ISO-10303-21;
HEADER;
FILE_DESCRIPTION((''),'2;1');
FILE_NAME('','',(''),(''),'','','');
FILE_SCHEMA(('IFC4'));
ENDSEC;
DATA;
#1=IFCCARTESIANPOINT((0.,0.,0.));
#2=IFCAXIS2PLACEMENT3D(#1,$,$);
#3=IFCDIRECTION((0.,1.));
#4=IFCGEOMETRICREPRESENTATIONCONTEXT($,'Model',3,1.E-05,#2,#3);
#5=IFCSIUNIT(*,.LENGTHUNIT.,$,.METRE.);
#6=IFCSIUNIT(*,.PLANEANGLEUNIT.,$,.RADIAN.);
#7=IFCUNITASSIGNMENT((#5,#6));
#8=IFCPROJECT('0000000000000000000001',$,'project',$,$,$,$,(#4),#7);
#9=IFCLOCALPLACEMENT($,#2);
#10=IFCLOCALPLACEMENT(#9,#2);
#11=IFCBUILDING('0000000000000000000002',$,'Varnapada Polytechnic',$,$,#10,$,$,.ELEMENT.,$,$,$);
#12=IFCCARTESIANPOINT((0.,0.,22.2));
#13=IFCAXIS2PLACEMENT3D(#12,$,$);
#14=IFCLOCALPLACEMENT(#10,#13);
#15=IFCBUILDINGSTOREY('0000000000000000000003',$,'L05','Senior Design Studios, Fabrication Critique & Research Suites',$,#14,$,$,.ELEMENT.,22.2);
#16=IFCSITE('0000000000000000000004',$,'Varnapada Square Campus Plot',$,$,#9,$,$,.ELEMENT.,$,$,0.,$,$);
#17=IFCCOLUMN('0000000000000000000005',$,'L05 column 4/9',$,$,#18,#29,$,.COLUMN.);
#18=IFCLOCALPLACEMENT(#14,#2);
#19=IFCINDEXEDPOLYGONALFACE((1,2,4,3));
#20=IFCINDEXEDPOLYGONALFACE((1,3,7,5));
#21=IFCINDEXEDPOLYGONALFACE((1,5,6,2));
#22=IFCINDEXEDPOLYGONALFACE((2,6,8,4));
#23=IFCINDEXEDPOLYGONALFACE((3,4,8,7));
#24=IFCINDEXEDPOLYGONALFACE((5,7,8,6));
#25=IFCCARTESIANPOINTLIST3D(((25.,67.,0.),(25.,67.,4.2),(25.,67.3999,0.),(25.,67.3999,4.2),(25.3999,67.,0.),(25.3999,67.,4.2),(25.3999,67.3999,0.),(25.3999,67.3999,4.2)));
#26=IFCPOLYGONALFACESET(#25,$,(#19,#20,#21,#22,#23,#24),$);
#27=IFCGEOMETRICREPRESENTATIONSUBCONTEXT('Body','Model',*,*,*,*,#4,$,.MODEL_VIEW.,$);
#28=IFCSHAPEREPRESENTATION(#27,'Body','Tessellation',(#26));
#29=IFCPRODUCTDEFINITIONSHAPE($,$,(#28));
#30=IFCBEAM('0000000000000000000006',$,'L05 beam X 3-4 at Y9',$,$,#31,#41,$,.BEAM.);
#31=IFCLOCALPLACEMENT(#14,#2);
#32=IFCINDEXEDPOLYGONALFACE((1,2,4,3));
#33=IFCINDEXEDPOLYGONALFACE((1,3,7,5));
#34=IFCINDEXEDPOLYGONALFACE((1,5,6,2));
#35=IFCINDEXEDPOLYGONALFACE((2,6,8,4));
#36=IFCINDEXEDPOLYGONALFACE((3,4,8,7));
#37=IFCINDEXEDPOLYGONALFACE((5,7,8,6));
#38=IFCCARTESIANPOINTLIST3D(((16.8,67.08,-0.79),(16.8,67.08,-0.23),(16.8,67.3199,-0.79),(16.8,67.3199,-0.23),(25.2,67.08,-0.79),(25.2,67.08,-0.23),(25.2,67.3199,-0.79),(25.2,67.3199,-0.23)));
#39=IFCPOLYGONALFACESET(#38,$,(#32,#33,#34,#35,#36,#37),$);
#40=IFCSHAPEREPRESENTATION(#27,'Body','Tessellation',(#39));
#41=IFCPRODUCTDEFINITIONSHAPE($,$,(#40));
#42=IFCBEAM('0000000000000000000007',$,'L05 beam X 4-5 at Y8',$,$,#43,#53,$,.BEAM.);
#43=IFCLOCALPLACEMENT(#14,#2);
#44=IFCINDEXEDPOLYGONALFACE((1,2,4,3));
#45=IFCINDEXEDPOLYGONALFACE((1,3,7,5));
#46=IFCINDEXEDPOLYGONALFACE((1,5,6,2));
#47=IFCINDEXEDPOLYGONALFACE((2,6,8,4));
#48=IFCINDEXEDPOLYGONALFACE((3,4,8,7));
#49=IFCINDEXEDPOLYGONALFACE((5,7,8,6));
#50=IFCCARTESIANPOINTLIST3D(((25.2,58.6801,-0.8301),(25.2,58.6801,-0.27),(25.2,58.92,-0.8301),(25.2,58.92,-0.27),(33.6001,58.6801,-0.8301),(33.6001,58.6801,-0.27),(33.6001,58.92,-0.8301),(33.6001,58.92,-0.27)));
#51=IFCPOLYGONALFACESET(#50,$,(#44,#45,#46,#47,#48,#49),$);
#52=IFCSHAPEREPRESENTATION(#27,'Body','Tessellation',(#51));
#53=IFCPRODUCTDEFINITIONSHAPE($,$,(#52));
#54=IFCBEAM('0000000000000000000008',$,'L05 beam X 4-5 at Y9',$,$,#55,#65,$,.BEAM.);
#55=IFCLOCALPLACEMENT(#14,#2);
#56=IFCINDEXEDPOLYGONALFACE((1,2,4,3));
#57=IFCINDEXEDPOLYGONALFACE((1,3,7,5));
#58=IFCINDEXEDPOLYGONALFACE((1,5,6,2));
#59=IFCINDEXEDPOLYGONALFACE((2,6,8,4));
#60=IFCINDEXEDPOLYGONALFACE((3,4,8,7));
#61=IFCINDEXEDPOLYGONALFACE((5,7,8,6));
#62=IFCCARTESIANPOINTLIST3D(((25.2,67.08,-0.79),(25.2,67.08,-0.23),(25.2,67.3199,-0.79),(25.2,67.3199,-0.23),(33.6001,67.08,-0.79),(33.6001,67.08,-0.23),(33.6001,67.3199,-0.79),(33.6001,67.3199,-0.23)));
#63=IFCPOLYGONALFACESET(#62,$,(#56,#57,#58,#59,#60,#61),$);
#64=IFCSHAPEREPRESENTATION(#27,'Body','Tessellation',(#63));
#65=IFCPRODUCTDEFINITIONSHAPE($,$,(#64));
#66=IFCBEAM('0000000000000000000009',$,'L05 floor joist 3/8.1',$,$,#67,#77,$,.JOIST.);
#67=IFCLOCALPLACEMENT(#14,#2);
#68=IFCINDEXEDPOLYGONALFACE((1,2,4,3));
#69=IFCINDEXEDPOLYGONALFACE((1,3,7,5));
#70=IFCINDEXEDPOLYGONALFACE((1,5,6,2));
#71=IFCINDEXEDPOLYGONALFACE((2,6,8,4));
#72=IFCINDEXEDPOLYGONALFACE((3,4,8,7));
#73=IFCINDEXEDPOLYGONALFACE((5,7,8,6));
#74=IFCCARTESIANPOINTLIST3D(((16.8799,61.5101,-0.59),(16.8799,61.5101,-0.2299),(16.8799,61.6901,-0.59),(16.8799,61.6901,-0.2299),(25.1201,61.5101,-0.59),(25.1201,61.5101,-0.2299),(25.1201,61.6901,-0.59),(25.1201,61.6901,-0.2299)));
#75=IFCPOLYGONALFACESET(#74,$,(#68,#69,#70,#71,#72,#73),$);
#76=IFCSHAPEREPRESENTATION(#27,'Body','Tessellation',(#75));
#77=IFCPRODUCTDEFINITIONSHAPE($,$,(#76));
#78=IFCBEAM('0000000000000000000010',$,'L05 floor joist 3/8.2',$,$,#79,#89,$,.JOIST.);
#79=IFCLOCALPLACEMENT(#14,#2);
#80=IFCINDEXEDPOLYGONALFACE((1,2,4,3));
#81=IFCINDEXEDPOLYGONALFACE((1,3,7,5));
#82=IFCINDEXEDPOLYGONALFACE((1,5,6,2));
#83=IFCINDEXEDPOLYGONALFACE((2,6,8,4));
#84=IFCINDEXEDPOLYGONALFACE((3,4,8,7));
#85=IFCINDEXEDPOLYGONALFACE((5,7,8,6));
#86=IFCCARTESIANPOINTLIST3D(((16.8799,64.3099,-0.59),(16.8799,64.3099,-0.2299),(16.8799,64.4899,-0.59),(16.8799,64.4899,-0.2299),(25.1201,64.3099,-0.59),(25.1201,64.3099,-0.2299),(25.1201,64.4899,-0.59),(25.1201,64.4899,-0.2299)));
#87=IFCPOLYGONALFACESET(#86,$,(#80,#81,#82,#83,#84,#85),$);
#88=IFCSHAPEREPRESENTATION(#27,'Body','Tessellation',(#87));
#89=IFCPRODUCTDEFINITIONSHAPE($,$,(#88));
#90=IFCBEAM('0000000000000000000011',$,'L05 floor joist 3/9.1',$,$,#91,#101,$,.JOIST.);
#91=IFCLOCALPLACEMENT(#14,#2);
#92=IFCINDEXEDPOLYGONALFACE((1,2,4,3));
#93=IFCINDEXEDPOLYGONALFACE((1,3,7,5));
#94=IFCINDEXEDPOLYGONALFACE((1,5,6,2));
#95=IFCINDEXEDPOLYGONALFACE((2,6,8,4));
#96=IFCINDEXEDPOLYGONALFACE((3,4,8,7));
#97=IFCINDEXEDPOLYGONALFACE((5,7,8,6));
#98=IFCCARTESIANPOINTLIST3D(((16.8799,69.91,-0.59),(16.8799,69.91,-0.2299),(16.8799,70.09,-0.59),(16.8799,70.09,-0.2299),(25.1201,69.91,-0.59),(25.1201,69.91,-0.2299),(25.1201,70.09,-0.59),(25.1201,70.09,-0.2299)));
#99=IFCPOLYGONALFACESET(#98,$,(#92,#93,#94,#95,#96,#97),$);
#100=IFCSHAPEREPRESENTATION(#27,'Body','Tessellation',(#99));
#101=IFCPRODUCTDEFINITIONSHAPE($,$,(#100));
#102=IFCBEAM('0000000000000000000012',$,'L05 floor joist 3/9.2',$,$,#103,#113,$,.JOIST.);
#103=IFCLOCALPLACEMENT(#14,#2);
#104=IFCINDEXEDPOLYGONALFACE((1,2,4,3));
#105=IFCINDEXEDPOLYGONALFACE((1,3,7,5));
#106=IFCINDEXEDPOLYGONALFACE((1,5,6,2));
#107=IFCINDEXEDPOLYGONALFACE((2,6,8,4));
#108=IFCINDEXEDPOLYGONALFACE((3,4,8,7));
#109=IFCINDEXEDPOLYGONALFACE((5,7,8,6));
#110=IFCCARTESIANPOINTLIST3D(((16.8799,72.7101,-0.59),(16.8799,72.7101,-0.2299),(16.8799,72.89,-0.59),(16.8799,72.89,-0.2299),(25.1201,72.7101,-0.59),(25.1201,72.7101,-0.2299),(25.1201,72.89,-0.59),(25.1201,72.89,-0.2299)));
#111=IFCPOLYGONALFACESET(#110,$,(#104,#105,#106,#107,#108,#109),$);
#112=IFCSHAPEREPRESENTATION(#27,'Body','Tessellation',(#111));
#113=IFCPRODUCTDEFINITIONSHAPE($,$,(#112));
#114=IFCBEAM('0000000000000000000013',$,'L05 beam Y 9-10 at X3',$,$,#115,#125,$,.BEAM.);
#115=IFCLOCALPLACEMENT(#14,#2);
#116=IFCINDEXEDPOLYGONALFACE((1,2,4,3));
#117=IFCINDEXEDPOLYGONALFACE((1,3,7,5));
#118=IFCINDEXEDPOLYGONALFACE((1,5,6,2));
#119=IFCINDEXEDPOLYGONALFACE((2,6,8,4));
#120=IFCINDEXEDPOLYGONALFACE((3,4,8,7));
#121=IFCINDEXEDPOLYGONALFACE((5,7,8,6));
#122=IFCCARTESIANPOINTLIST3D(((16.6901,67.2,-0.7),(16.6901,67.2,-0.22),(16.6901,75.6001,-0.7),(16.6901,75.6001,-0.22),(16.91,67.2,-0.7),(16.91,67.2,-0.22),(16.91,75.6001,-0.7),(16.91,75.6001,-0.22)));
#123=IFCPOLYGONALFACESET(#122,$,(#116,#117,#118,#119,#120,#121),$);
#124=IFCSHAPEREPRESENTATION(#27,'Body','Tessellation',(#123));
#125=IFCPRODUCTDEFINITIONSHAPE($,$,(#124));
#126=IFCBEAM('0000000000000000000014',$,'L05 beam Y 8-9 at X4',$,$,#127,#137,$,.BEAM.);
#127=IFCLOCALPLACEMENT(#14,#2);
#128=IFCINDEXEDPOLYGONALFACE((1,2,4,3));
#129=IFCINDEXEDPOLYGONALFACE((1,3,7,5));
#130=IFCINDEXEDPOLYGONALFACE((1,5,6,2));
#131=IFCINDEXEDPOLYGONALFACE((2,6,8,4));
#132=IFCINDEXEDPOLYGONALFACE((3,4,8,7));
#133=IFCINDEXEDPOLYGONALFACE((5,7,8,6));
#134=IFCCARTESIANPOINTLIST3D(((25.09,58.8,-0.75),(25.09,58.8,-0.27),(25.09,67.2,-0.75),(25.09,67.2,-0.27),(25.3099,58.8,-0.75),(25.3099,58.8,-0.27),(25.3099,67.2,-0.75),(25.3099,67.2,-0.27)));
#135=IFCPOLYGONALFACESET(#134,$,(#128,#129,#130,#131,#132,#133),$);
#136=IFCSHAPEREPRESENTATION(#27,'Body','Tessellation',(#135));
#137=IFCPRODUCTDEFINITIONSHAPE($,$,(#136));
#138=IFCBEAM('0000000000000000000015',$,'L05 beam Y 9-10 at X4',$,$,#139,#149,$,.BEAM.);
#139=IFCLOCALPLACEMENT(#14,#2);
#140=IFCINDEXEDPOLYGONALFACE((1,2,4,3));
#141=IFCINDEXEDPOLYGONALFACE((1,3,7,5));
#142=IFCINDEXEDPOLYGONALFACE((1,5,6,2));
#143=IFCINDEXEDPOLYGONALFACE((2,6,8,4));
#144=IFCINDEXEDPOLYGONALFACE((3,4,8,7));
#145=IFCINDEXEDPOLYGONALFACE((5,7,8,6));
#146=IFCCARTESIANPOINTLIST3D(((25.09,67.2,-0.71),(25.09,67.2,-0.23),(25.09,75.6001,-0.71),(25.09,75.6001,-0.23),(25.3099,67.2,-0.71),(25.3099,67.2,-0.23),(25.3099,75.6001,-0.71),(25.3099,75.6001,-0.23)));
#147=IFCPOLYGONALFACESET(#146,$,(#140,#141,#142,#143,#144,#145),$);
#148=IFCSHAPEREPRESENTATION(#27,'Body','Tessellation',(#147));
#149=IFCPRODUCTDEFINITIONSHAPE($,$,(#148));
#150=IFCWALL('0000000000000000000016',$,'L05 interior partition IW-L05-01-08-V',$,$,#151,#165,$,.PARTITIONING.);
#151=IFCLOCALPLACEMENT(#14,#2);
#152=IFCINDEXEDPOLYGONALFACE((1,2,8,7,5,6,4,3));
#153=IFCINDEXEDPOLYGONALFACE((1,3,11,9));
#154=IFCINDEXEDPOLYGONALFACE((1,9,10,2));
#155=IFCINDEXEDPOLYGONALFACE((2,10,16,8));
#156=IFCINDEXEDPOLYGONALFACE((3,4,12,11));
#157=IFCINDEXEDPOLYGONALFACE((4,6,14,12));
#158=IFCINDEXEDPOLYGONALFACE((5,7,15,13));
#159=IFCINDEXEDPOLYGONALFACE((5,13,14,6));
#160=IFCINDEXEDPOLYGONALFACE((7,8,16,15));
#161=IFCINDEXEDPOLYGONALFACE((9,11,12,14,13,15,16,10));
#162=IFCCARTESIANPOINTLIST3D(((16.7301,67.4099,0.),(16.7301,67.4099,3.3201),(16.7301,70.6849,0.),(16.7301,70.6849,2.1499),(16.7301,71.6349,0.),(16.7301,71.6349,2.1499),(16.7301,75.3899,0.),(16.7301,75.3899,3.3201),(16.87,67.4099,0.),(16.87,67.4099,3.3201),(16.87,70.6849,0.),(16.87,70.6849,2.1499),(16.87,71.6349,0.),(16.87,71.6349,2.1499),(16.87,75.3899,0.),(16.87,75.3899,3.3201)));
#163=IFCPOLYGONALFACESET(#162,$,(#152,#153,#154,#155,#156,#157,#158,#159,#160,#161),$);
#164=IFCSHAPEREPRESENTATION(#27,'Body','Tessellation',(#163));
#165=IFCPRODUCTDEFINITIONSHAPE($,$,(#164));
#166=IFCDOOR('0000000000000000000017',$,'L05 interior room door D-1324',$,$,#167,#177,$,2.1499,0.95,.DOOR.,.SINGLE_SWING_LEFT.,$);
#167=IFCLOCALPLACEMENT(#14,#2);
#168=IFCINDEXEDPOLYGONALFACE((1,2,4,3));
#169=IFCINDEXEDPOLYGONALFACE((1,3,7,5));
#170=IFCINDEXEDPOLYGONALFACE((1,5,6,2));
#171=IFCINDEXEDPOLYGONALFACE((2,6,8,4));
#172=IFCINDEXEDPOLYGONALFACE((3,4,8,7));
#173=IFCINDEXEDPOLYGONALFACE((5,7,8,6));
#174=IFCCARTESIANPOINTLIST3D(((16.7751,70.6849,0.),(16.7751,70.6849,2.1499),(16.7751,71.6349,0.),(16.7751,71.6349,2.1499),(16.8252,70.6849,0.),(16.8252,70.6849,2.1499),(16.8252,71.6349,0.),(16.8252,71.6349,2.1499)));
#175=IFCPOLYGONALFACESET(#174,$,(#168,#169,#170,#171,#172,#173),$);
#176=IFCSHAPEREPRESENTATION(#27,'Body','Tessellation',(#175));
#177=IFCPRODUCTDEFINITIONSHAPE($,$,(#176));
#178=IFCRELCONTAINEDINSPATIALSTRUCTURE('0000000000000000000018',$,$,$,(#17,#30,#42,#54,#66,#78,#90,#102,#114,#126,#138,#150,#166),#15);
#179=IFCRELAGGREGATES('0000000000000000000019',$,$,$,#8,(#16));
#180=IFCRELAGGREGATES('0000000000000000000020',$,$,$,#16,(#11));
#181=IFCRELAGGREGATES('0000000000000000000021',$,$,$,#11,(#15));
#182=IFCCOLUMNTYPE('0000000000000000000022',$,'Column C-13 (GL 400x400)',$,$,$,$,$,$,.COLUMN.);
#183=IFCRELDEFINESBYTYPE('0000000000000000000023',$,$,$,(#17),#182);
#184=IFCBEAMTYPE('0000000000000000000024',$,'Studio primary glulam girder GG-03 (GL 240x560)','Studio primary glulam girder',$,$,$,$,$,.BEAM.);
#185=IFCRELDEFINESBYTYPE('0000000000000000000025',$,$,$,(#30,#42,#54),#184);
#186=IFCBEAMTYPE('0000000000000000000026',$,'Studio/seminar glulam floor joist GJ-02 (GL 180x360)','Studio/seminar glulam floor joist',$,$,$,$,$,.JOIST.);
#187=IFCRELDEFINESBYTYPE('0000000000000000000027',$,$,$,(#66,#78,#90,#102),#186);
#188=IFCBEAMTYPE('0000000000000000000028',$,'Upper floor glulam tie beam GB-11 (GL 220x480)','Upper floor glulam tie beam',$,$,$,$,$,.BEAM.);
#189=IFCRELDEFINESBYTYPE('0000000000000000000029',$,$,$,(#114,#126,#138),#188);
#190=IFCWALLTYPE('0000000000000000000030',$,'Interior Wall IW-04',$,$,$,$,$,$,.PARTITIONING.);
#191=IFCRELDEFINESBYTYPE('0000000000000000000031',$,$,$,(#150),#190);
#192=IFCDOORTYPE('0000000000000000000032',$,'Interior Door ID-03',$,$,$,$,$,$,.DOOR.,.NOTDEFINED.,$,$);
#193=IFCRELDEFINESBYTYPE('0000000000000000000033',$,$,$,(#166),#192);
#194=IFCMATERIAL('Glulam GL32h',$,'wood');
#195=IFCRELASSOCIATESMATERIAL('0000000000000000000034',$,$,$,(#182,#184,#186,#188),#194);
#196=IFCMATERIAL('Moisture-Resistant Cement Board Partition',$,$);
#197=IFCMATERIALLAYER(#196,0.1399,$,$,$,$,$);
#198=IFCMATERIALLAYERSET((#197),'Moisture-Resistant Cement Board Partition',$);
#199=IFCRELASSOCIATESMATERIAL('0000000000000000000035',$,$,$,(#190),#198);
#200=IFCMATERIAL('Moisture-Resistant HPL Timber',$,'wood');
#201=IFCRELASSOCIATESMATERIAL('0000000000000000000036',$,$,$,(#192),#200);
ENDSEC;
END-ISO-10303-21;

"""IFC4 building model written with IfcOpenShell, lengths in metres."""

from ifc_helpers import new_model, si_unit, direction, frame, frame_2d, origin, origin_2d, place, context, subcontext, project, spatial, rectangle, extrude, material, layer, layer_set, material_profile, profile_set, type_object, element, fill, save


model = new_model("IFC4")

# Units and contexts
model_context = context("Model", 3, precision=1e-05, world=origin(), true_north=direction((0.0, 1.0)))
body_context = subcontext(model_context, "Body", "Model", "MODEL_VIEW")
ifc_project = project(units=[si_unit("LENGTHUNIT", "METRE"), si_unit("PLANEANGLEUNIT", "RADIAN")], contexts=[model_context])

# Site, building, storey
site_placement = place(None, origin())
site = spatial("IfcSite", under=ifc_project, at=site_placement, Name="Varnapada Square Campus Plot", CompositionType="ELEMENT", RefElevation=0.0)
building_placement = place(site_placement, origin())
building = spatial("IfcBuilding", under=site, at=building_placement, Name="Varnapada Polytechnic", CompositionType="ELEMENT")
storey_placement = place(building_placement, frame((0.0, 0.0, 22.2)))
storey = spatial("IfcBuildingStorey", under=building, at=storey_placement, Name="L05", Description="Senior Design Studios, Fabrication Critique & Research Suites", CompositionType="ELEMENT", Elevation=22.2)

# Column
ifc_material_1 = material(Name="Glulam GL32h", Category="wood")
ifc_material_profile_1 = material_profile(ifc_material_1, rectangle(XDim=0.3999, YDim=0.3999, at=origin_2d()), Name="GL 400x400")
ifc_profile_set_1 = profile_set([ifc_material_profile_1], Name="Glulam GL32h")
column_type = type_object("IfcColumnType", Name="Column C-13 (GL 400x400)", PredefinedType="COLUMN", material=ifc_profile_set_1)
column_placement = place(storey_placement, frame((25.2, 67.2, 0.0), z_axis=(0.0, 0.0, 1.0), x_axis=(1.0, 0.0, 0.0)))
element("IfcColumn", 1, at=column_placement, inside=storey, type_object=column_type, Name="L05 column 4/9", PredefinedType="COLUMN", context=body_context, shape_type="SweptSolid", body=[
    extrude(rectangle(XDim=0.3999, YDim=0.3999, at=origin_2d()), origin(), (0.0, 0.0, 1.0), 4.2),
])

# Beams
ifc_material_profile_2 = material_profile(ifc_material_1, rectangle(XDim=0.24, YDim=0.5601, at=origin_2d()), Name="GL 240x560")
ifc_profile_set_2 = profile_set([ifc_material_profile_2], Name="Glulam GL32h")
beam_type_1 = type_object("IfcBeamType", Name="Studio primary glulam girder GG-03 (GL 240x560)", Description="Studio primary glulam girder", PredefinedType="BEAM", material=ifc_profile_set_2)
beam_1_placement = place(storey_placement, frame((16.8, 67.2, -0.51), z_axis=(1.0, 0.0, 0.0), x_axis=(0.0, 1.0, 0.0)))
element("IfcBeam", 2, at=beam_1_placement, inside=storey, type_object=beam_type_1, Name="L05 beam X 3-4 at Y9", PredefinedType="BEAM", context=body_context, shape_type="SweptSolid", body=[
    extrude(rectangle(XDim=0.24, YDim=0.5601, at=origin_2d()), origin(), (0.0, 0.0, 1.0), 8.3999),
])
for number, where, z_axis, x_axis, name in (
    (3, (25.2, 58.8, -0.55), (1.0, 0.0, 0.0), (0.0, 1.0, 0.0), "L05 beam X 4-5 at Y8"),
    (4, (25.2, 67.2, -0.51), (1.0, 0.0, 0.0), (0.0, 1.0, 0.0), "L05 beam X 4-5 at Y9"),
):
    element("IfcBeam", number, at=place(storey_placement, frame(where, z_axis=z_axis, x_axis=x_axis)), inside=storey, type_object=beam_type_1, Name=name, PredefinedType="BEAM", context=body_context, shape_type="SweptSolid", body=[
        extrude(rectangle(XDim=0.24, YDim=0.5601, at=origin_2d()), origin(), (0.0, 0.0, 1.0), 8.4001),
    ])
ifc_material_profile_3 = material_profile(ifc_material_1, rectangle(XDim=0.1799, YDim=0.3601, at=origin_2d()), Name="GL 180x360")
ifc_profile_set_3 = profile_set([ifc_material_profile_3], Name="Glulam GL32h")
beam_type_2 = type_object("IfcBeamType", Name="Studio/seminar glulam floor joist GJ-02 (GL 180x360)", Description="Studio/seminar glulam floor joist", PredefinedType="JOIST", material=ifc_profile_set_3)
for number, where, z_axis, x_axis, name in (
    (5, (16.8799, 61.6001, -0.4099), (1.0, 0.0, 0.0), (0.0, 1.0, 0.0), "L05 floor joist 3/8.1"),
    (6, (16.8799, 64.3999, -0.4099), (1.0, 0.0, 0.0), (0.0, 1.0, 0.0), "L05 floor joist 3/8.2"),
    (7, (16.8799, 70.0, -0.4099), (1.0, 0.0, 0.0), (0.0, 1.0, 0.0), "L05 floor joist 3/9.1"),
    (8, (16.8799, 72.8, -0.4099), (1.0, 0.0, 0.0), (0.0, 1.0, 0.0), "L05 floor joist 3/9.2"),
):
    element("IfcBeam", number, at=place(storey_placement, frame(where, z_axis=z_axis, x_axis=x_axis)), inside=storey, type_object=beam_type_2, Name=name, PredefinedType="JOIST", context=body_context, shape_type="SweptSolid", body=[
        extrude(rectangle(XDim=0.1799, YDim=0.3601, at=origin_2d()), origin(), (0.0, 0.0, 1.0), 8.2402),
    ])
ifc_material_profile_4 = material_profile(ifc_material_1, rectangle(XDim=0.22, YDim=0.48, at=origin_2d()), Name="GL 220x480")
ifc_profile_set_4 = profile_set([ifc_material_profile_4], Name="Glulam GL32h")
beam_type_3 = type_object("IfcBeamType", Name="Upper floor glulam tie beam GB-11 (GL 220x480)", Description="Upper floor glulam tie beam", PredefinedType="BEAM", material=ifc_profile_set_4)
beam_2_placement = place(storey_placement, frame((16.8, 67.2, -0.46), z_axis=(0.0, 1.0, 0.0), x_axis=(-1.0, 0.0, 0.0)))
element("IfcBeam", 9, at=beam_2_placement, inside=storey, type_object=beam_type_3, Name="L05 beam Y 9-10 at X3", PredefinedType="BEAM", context=body_context, shape_type="SweptSolid", body=[
    extrude(rectangle(XDim=0.22, YDim=0.48, at=origin_2d()), origin(), (0.0, 0.0, 1.0), 8.4001),
])
beam_3_placement = place(storey_placement, frame((25.2, 58.8, -0.51), z_axis=(0.0, 1.0, 0.0), x_axis=(-1.0, 0.0, 0.0)))
element("IfcBeam", 10, at=beam_3_placement, inside=storey, type_object=beam_type_3, Name="L05 beam Y 8-9 at X4", PredefinedType="BEAM", context=body_context, shape_type="SweptSolid", body=[
    extrude(rectangle(XDim=0.22, YDim=0.48, at=origin_2d()), origin(), (0.0, 0.0, 1.0), 8.3999),
])
beam_4_placement = place(storey_placement, frame((25.2, 67.2, -0.47), z_axis=(0.0, 1.0, 0.0), x_axis=(-1.0, 0.0, 0.0)))
element("IfcBeam", 11, at=beam_4_placement, inside=storey, type_object=beam_type_3, Name="L05 beam Y 9-10 at X4", PredefinedType="BEAM", context=body_context, shape_type="SweptSolid", body=[
    extrude(rectangle(XDim=0.22, YDim=0.48, at=origin_2d()), origin(), (0.0, 0.0, 1.0), 8.4001),
])

# Wall, opening, door
ifc_material_2 = material(Name="Moisture-Resistant Cement Board Partition")
ifc_layer_1 = layer(ifc_material_2, 0.1399)
ifc_layer_set_1 = layer_set([ifc_layer_1], Name="Moisture-Resistant Cement Board Partition")
wall_type_1 = type_object("IfcWallType", Name="Interior Wall IW-04", PredefinedType="PARTITIONING", material=ifc_layer_set_1)
wall_1_placement = place(storey_placement, frame((16.8, 67.4099, 0.0), z_axis=(0.0, 0.0, 1.0), x_axis=(0.0, 1.0, 0.0)))
wall_1 = element("IfcWall", 12, at=wall_1_placement, inside=storey, type_object=wall_type_1, Name="L05 interior partition IW-L05-01-08-V", PredefinedType="PARTITIONING", context=body_context, shape_type="SweptSolid", body=[
    extrude(rectangle(XDim=7.98, YDim=0.1399, at=frame_2d((3.99, 0.0))), origin(), (0.0, 0.0, 1.0), 3.3201),
])
opening_1_placement = place(wall_1_placement, frame((3.2749, 0.0, 0.0)))
opening_1 = element("IfcOpeningElement", 13, at=opening_1_placement, cuts=wall_1, PredefinedType="OPENING", context=body_context, shape_type="SweptSolid", body=[
    extrude(rectangle(XDim=0.95, YDim=2.1499, at=frame_2d((0.4751, 1.075))), frame((0.0, 0.0798, 0.0), z_axis=(0.0, -1.0, 0.0), x_axis=(1.0, 0.0, 0.0)), (0.0, 0.0, 1.0), 0.1599),
])
ifc_material_3 = material(Name="Moisture-Resistant HPL Timber", Category="wood")
door_type_1 = type_object("IfcDoorType", Name="Interior Door ID-03", OperationType="NOTDEFINED", PredefinedType="DOOR", material=ifc_material_3)
door_1_placement = place(opening_1_placement, origin())
door_1 = element("IfcDoor", 14, at=door_1_placement, inside=storey, type_object=door_type_1, Name="L05 interior room door D-1324", OperationType="SINGLE_SWING_LEFT", OverallHeight=2.1499, OverallWidth=0.95, PredefinedType="DOOR", context=body_context, shape_type="SweptSolid", body=[
    extrude(rectangle(XDim=0.95, YDim=2.1499, at=frame_2d((0.4751, 1.075))), frame((0.0, 0.0249, 0.0), z_axis=(0.0, -1.0, 0.0), x_axis=(1.0, 0.0, 0.0)), (0.0, 0.0, 1.0), 0.05),
])
fill(opening_1, door_1)

save(model, "model.ifc")
